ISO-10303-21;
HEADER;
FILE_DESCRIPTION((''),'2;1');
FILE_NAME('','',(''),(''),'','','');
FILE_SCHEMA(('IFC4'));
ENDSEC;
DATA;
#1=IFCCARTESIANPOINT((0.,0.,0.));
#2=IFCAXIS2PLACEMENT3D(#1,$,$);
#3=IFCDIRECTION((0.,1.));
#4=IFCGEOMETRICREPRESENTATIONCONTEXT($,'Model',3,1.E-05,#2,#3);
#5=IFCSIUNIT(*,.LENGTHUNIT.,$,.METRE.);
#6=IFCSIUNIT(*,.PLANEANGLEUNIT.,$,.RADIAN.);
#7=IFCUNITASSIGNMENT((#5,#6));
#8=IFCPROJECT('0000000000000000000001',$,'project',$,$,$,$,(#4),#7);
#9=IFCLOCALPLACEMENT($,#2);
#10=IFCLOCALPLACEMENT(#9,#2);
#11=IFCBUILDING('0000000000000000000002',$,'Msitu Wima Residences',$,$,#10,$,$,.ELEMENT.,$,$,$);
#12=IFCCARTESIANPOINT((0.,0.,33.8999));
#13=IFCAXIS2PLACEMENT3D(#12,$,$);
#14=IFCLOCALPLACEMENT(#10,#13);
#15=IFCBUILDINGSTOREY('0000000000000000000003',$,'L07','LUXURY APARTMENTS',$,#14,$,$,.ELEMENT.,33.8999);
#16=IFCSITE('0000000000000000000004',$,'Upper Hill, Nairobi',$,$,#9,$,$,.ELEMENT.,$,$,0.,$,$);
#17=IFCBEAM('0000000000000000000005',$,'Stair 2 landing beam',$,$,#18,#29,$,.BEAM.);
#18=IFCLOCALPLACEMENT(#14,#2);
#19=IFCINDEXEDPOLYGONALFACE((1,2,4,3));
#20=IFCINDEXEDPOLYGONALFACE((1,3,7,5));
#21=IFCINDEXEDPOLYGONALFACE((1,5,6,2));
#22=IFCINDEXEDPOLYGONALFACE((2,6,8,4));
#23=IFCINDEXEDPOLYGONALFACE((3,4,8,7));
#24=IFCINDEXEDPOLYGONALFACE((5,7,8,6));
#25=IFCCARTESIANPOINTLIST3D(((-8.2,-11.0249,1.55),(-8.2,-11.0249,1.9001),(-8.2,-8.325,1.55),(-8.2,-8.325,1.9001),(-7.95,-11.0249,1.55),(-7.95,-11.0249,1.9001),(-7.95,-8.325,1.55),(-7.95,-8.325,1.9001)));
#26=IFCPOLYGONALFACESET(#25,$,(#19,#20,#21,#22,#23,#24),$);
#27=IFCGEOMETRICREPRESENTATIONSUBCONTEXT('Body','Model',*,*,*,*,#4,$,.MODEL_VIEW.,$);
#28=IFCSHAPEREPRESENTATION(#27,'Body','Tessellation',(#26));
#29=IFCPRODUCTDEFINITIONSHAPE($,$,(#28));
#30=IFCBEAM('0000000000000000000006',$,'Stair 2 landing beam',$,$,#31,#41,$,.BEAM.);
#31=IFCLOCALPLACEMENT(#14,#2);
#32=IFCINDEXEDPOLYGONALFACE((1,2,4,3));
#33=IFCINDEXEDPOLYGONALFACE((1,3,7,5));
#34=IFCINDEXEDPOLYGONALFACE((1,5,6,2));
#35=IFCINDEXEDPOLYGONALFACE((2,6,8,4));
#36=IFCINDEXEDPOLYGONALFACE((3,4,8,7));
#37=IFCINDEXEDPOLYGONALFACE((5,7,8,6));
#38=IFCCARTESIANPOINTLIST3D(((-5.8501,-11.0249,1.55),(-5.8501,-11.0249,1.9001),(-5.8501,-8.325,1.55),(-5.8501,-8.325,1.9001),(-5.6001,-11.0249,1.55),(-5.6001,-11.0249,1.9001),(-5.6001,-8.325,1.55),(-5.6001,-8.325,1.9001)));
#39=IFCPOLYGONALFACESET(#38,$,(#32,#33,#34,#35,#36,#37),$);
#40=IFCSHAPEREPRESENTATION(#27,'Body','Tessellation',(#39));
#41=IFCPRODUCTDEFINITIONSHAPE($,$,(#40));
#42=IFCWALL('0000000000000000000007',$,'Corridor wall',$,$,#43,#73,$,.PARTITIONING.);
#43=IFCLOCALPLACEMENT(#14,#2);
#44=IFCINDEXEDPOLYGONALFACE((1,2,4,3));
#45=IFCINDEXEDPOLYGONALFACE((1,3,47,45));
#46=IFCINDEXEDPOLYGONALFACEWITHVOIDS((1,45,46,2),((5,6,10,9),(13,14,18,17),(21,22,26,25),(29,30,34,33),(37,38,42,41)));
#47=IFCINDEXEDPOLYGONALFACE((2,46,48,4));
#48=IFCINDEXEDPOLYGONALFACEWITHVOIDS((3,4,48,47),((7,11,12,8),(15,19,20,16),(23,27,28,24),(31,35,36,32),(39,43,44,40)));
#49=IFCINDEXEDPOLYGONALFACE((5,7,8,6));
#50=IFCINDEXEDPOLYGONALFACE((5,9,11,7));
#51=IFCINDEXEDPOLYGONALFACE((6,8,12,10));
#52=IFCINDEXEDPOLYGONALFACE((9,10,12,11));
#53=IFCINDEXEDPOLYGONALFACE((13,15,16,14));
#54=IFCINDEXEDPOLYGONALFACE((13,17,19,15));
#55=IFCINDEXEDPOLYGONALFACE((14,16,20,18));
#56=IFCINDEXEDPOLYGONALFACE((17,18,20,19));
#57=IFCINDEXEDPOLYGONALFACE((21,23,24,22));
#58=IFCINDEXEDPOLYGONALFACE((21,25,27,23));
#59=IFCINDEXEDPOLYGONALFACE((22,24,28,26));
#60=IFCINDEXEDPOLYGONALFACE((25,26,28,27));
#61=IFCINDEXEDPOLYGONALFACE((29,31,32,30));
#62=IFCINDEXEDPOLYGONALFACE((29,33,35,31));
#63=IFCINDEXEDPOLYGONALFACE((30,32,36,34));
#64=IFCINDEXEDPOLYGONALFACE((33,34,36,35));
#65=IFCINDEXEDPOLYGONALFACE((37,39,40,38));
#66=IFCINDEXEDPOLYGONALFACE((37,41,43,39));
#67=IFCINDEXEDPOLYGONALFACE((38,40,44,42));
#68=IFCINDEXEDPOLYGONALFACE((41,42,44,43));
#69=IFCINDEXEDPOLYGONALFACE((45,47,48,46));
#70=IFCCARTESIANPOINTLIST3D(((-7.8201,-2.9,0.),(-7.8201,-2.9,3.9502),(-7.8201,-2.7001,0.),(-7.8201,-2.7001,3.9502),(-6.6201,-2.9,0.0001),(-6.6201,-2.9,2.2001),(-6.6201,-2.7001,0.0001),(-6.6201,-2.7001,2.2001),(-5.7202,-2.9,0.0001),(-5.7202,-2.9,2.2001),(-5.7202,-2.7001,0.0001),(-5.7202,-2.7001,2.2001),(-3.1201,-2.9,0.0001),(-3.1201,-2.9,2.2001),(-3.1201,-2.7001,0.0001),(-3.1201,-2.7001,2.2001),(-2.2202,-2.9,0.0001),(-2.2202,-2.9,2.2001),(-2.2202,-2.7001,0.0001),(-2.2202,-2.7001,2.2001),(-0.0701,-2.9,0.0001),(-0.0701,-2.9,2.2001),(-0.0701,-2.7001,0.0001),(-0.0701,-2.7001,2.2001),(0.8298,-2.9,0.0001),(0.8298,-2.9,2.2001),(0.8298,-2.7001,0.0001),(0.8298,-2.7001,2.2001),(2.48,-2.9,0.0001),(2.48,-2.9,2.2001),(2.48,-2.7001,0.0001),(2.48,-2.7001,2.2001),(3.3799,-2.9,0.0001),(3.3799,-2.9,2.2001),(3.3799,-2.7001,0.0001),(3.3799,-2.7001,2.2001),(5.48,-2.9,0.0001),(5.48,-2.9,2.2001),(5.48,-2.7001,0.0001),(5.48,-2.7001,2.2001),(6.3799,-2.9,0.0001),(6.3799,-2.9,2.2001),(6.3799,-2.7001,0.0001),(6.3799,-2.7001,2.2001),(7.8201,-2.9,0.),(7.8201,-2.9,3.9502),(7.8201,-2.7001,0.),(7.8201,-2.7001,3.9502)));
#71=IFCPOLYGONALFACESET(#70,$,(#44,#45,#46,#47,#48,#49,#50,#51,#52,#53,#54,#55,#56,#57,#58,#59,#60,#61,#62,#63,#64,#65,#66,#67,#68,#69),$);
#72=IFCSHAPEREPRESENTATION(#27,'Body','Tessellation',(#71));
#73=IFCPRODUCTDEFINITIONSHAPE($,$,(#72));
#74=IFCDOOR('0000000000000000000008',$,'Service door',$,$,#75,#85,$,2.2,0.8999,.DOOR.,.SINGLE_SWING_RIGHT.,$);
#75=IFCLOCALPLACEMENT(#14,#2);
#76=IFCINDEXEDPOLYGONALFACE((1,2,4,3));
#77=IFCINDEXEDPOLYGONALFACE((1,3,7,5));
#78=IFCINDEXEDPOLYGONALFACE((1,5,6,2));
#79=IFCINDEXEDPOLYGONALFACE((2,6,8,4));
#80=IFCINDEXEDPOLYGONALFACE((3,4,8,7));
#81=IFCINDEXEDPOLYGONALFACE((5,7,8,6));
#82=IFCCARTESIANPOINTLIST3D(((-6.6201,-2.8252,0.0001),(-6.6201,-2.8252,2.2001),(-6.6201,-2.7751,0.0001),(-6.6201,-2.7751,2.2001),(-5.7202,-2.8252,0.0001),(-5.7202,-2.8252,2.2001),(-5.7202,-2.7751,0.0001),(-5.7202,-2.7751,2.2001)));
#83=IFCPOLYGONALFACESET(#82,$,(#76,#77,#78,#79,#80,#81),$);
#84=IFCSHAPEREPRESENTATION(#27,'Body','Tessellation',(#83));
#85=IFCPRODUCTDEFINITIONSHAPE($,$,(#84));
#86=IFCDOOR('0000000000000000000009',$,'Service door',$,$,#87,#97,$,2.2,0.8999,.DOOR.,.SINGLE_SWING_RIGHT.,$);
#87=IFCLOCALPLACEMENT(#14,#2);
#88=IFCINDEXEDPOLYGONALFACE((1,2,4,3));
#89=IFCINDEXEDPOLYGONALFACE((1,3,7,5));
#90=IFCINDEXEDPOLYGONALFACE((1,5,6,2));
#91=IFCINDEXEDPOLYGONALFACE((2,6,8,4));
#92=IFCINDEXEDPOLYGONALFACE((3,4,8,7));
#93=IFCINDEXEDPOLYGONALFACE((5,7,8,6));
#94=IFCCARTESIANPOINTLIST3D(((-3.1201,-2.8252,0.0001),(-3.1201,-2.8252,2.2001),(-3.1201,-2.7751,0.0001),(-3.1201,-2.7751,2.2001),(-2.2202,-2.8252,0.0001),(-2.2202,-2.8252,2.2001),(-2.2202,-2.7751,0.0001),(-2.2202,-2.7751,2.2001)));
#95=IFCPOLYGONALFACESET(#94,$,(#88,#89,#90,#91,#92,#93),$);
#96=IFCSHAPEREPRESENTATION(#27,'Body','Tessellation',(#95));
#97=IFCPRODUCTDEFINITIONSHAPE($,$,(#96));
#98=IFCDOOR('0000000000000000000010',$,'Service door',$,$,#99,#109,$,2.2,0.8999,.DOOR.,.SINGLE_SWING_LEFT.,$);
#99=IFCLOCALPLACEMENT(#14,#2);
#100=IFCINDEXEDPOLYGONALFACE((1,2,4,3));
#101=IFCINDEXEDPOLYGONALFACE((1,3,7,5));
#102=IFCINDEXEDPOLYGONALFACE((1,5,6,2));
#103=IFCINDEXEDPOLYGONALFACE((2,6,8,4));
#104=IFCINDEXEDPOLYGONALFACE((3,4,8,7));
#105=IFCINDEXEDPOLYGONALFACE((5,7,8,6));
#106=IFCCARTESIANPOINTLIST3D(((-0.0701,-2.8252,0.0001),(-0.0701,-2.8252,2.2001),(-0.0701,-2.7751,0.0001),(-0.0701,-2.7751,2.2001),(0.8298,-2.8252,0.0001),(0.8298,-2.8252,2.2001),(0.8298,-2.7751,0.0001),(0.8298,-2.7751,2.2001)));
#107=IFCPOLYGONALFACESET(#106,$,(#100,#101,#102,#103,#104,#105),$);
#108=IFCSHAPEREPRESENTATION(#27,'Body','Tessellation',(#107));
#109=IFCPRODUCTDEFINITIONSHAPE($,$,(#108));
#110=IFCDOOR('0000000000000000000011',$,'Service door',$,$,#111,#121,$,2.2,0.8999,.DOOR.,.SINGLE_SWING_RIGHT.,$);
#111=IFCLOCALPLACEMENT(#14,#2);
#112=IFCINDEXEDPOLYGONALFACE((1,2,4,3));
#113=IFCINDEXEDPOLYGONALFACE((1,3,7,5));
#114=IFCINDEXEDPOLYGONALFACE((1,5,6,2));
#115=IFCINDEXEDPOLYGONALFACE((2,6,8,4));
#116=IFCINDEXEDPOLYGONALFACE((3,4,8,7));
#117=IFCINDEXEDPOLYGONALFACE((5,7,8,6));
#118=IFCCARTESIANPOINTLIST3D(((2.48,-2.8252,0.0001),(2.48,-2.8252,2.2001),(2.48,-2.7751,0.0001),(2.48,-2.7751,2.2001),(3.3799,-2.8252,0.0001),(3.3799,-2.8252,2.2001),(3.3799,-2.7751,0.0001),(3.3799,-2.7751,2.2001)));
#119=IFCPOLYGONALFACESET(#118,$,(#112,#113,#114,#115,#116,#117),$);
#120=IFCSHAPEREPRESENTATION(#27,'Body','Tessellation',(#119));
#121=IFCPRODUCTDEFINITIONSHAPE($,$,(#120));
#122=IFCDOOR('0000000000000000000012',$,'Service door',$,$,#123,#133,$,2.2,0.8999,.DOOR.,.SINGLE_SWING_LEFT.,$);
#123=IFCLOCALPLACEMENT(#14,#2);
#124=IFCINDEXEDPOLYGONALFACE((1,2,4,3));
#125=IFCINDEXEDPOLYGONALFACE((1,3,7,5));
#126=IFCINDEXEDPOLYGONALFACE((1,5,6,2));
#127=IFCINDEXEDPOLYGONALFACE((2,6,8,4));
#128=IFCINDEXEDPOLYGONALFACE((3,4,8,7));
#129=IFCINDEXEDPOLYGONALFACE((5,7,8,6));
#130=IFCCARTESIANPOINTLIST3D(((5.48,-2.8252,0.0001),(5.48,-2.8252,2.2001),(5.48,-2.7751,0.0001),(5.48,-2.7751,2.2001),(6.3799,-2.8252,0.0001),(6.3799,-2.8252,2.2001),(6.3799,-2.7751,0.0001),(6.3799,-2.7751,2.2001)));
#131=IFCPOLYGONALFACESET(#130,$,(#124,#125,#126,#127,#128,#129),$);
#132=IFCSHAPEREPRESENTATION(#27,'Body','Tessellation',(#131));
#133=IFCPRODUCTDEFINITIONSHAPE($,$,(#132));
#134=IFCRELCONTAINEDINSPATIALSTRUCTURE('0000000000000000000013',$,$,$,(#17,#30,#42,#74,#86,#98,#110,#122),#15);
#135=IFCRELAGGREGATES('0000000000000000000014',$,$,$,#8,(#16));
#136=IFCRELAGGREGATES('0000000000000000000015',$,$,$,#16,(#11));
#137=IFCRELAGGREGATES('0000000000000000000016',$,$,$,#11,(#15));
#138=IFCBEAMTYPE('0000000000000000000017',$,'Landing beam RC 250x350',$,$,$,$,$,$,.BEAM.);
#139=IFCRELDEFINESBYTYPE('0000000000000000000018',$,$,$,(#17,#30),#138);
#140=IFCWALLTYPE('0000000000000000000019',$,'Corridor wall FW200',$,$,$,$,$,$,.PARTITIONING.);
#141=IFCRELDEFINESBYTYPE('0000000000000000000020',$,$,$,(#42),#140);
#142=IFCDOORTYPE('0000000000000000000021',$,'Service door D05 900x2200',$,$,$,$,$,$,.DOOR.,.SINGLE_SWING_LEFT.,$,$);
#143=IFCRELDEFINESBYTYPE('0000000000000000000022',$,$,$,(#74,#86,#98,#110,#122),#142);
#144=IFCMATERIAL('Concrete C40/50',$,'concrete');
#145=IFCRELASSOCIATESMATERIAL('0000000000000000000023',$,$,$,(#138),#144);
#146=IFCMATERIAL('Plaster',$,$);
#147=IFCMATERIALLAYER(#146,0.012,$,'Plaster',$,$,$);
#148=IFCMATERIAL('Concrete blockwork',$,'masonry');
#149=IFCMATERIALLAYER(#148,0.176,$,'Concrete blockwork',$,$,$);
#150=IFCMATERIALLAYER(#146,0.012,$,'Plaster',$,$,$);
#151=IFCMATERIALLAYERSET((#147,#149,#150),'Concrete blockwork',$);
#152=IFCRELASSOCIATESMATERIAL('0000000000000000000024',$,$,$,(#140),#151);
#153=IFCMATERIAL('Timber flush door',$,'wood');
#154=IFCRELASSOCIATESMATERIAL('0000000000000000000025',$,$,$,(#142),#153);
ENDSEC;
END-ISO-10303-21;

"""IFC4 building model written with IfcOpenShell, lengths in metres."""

from ifc_helpers import new_model, si_unit, direction, frame, frame_2d, origin, origin_2d, place, context, subcontext, project, spatial, rectangle, extrude, material, layer, layer_set, material_profile, profile_set, type_object, element, fill, save


model = new_model("IFC4")

# Units and contexts
model_context = context("Model", 3, precision=1e-05, world=origin(), true_north=direction((0.0, 1.0)))
body_context = subcontext(model_context, "Body", "Model", "MODEL_VIEW")
ifc_project = project(units=[si_unit("LENGTHUNIT", "METRE"), si_unit("PLANEANGLEUNIT", "RADIAN")], contexts=[model_context])

# Site, building, storey
site_placement = place(None, origin())
site = spatial("IfcSite", under=ifc_project, at=site_placement, Name="Upper Hill, Nairobi", CompositionType="ELEMENT", RefElevation=0.0)
building_placement = place(site_placement, origin())
building = spatial("IfcBuilding", under=site, at=building_placement, Name="Msitu Wima Residences", CompositionType="ELEMENT")
storey_placement = place(building_placement, frame((0.0, 0.0, 33.8999)))
storey = spatial("IfcBuildingStorey", under=building, at=storey_placement, Name="L07", Description="LUXURY APARTMENTS", CompositionType="ELEMENT", Elevation=33.8999)

# Beams
ifc_material_1 = material(Name="Concrete C40/50", Category="concrete")
ifc_material_profile = material_profile(ifc_material_1, rectangle(XDim=0.25, YDim=0.3501, at=origin_2d()), Name="RC 250x350")
ifc_profile_set = profile_set([ifc_material_profile], Name="Concrete C40/50")
beam_type = type_object("IfcBeamType", Name="Landing beam RC 250x350", PredefinedType="BEAM", material=ifc_profile_set)
for number, where, z_axis, x_axis, name in (
    (1, (-8.075, -11.0249, 1.7251), (0.0, 1.0, 0.0), (-1.0, 0.0, 0.0), "Stair 2 landing beam"),
    (2, (-5.7251, -11.0249, 1.7251), (0.0, 1.0, 0.0), (-1.0, 0.0, 0.0), "Stair 2 landing beam"),
):
    element("IfcBeam", number, at=place(storey_placement, frame(where, z_axis=z_axis, x_axis=x_axis)), inside=storey, type_object=beam_type, Name=name, PredefinedType="BEAM", context=body_context, shape_type="SweptSolid", body=[
        extrude(rectangle(XDim=0.25, YDim=0.3501, at=origin_2d()), origin(), (0.0, 0.0, 1.0), 2.7),
    ])

# Wall, openings, doors
ifc_material_2 = material(Name="Plaster")
ifc_layer_1 = layer(ifc_material_2, 0.012, Name="Plaster")
ifc_material_3 = material(Name="Concrete blockwork", Category="masonry")
ifc_layer_2 = layer(ifc_material_3, 0.176, Name="Concrete blockwork")
ifc_layer_3 = layer(ifc_material_2, 0.012, Name="Plaster")
ifc_layer_set_1 = layer_set([ifc_layer_1, ifc_layer_2, ifc_layer_3], Name="Concrete blockwork")
wall_type_1 = type_object("IfcWallType", Name="Corridor wall FW200", PredefinedType="PARTITIONING", material=ifc_layer_set_1)
wall_1_placement = place(storey_placement, frame((-7.8201, -2.8, 0.0), z_axis=(0.0, 0.0, 1.0), x_axis=(1.0, 0.0, 0.0)))
wall_1 = element("IfcWall", 3, at=wall_1_placement, inside=storey, type_object=wall_type_1, Name="Corridor wall", PredefinedType="PARTITIONING", context=body_context, shape_type="SweptSolid", body=[
    extrude(rectangle(XDim=15.6401, YDim=0.2, at=frame_2d((7.8201, 0.0))), origin(), (0.0, 0.0, 1.0), 3.9502),
])
opening_1_placement = place(wall_1_placement, frame((1.2, 0.0, 0.0)))
opening_1 = element("IfcOpeningElement", 4, at=opening_1_placement, cuts=wall_1, PredefinedType="OPENING", context=body_context, shape_type="SweptSolid", body=[
    extrude(rectangle(XDim=0.8999, YDim=2.2, at=frame_2d((0.45, 1.1001))), frame((0.0, 0.1099, 0.0), z_axis=(0.0, -1.0, 0.0), x_axis=(1.0, 0.0, 0.0)), (0.0, 0.0, 1.0), 0.22),
])
opening_2_placement = place(wall_1_placement, frame((4.7, 0.0, 0.0)))
opening_2 = element("IfcOpeningElement", 5, at=opening_2_placement, cuts=wall_1, PredefinedType="OPENING", context=body_context, shape_type="SweptSolid", body=[
    extrude(rectangle(XDim=0.8999, YDim=2.2, at=frame_2d((0.45, 1.1001))), frame((0.0, 0.1099, 0.0), z_axis=(0.0, -1.0, 0.0), x_axis=(1.0, 0.0, 0.0)), (0.0, 0.0, 1.0), 0.22),
])
opening_3_placement = place(wall_1_placement, frame((7.75, 0.0, 0.0)))
opening_3 = element("IfcOpeningElement", 6, at=opening_3_placement, cuts=wall_1, PredefinedType="OPENING", context=body_context, shape_type="SweptSolid", body=[
    extrude(rectangle(XDim=0.8999, YDim=2.2, at=frame_2d((0.45, 1.1001))), frame((0.0, 0.1099, 0.0), z_axis=(0.0, -1.0, 0.0), x_axis=(1.0, 0.0, 0.0)), (0.0, 0.0, 1.0), 0.22),
])
opening_4_placement = place(wall_1_placement, frame((10.3, 0.0, 0.0)))
opening_4 = element("IfcOpeningElement", 7, at=opening_4_placement, cuts=wall_1, PredefinedType="OPENING", context=body_context, shape_type="SweptSolid", body=[
    extrude(rectangle(XDim=0.8999, YDim=2.2, at=frame_2d((0.45, 1.1001))), frame((0.0, 0.1099, 0.0), z_axis=(0.0, -1.0, 0.0), x_axis=(1.0, 0.0, 0.0)), (0.0, 0.0, 1.0), 0.22),
])
opening_5_placement = place(wall_1_placement, frame((13.3, 0.0, 0.0)))
opening_5 = element("IfcOpeningElement", 8, at=opening_5_placement, cuts=wall_1, PredefinedType="OPENING", context=body_context, shape_type="SweptSolid", body=[
    extrude(rectangle(XDim=0.8999, YDim=2.2, at=frame_2d((0.45, 1.1001))), frame((0.0, 0.1099, 0.0), z_axis=(0.0, -1.0, 0.0), x_axis=(1.0, 0.0, 0.0)), (0.0, 0.0, 1.0), 0.22),
])
ifc_material_4 = material(Name="Timber flush door", Category="wood")
door_type_1 = type_object("IfcDoorType", Name="Service door D05 900x2200", OperationType="SINGLE_SWING_LEFT", PredefinedType="DOOR", material=ifc_material_4)
door_1_placement = place(opening_1_placement, origin())
door_1 = element("IfcDoor", 9, at=door_1_placement, inside=storey, type_object=door_type_1, Name="Service door", OperationType="SINGLE_SWING_RIGHT", OverallHeight=2.2, OverallWidth=0.8999, PredefinedType="DOOR", context=body_context, shape_type="SweptSolid", body=[
    extrude(rectangle(XDim=0.8999, YDim=2.2, at=frame_2d((0.45, 1.1001))), frame((0.0, 0.0249, 0.0), z_axis=(0.0, -1.0, 0.0), x_axis=(1.0, 0.0, 0.0)), (0.0, 0.0, 1.0), 0.05),
])
fill(opening_1, door_1)
door_2_placement = place(opening_2_placement, origin())
door_2 = element("IfcDoor", 10, at=door_2_placement, inside=storey, type_object=door_type_1, Name="Service door", OperationType="SINGLE_SWING_RIGHT", OverallHeight=2.2, OverallWidth=0.8999, PredefinedType="DOOR", context=body_context, shape_type="SweptSolid", body=[
    extrude(rectangle(XDim=0.8999, YDim=2.2, at=frame_2d((0.45, 1.1001))), frame((0.0, 0.0249, 0.0), z_axis=(0.0, -1.0, 0.0), x_axis=(1.0, 0.0, 0.0)), (0.0, 0.0, 1.0), 0.05),
])
fill(opening_2, door_2)
door_3_placement = place(opening_3_placement, origin())
door_3 = element("IfcDoor", 11, at=door_3_placement, inside=storey, type_object=door_type_1, Name="Service door", OperationType="SINGLE_SWING_LEFT", OverallHeight=2.2, OverallWidth=0.8999, PredefinedType="DOOR", context=body_context, shape_type="SweptSolid", body=[
    extrude(rectangle(XDim=0.8999, YDim=2.2, at=frame_2d((0.45, 1.1001))), frame((0.0, 0.0249, 0.0), z_axis=(0.0, -1.0, 0.0), x_axis=(1.0, 0.0, 0.0)), (0.0, 0.0, 1.0), 0.05),
])
fill(opening_3, door_3)
door_4_placement = place(opening_4_placement, origin())
door_4 = element("IfcDoor", 12, at=door_4_placement, inside=storey, type_object=door_type_1, Name="Service door", OperationType="SINGLE_SWING_RIGHT", OverallHeight=2.2, OverallWidth=0.8999, PredefinedType="DOOR", context=body_context, shape_type="SweptSolid", body=[
    extrude(rectangle(XDim=0.8999, YDim=2.2, at=frame_2d((0.45, 1.1001))), frame((0.0, 0.0249, 0.0), z_axis=(0.0, -1.0, 0.0), x_axis=(1.0, 0.0, 0.0)), (0.0, 0.0, 1.0), 0.05),
])
fill(opening_4, door_4)
door_5_placement = place(opening_5_placement, origin())
door_5 = element("IfcDoor", 13, at=door_5_placement, inside=storey, type_object=door_type_1, Name="Service door", OperationType="SINGLE_SWING_LEFT", OverallHeight=2.2, OverallWidth=0.8999, PredefinedType="DOOR", context=body_context, shape_type="SweptSolid", body=[
    extrude(rectangle(XDim=0.8999, YDim=2.2, at=frame_2d((0.45, 1.1001))), frame((0.0, 0.0249, 0.0), z_axis=(0.0, -1.0, 0.0), x_axis=(1.0, 0.0, 0.0)), (0.0, 0.0, 1.0), 0.05),
])
fill(opening_5, door_5)

save(model, "model.ifc")
